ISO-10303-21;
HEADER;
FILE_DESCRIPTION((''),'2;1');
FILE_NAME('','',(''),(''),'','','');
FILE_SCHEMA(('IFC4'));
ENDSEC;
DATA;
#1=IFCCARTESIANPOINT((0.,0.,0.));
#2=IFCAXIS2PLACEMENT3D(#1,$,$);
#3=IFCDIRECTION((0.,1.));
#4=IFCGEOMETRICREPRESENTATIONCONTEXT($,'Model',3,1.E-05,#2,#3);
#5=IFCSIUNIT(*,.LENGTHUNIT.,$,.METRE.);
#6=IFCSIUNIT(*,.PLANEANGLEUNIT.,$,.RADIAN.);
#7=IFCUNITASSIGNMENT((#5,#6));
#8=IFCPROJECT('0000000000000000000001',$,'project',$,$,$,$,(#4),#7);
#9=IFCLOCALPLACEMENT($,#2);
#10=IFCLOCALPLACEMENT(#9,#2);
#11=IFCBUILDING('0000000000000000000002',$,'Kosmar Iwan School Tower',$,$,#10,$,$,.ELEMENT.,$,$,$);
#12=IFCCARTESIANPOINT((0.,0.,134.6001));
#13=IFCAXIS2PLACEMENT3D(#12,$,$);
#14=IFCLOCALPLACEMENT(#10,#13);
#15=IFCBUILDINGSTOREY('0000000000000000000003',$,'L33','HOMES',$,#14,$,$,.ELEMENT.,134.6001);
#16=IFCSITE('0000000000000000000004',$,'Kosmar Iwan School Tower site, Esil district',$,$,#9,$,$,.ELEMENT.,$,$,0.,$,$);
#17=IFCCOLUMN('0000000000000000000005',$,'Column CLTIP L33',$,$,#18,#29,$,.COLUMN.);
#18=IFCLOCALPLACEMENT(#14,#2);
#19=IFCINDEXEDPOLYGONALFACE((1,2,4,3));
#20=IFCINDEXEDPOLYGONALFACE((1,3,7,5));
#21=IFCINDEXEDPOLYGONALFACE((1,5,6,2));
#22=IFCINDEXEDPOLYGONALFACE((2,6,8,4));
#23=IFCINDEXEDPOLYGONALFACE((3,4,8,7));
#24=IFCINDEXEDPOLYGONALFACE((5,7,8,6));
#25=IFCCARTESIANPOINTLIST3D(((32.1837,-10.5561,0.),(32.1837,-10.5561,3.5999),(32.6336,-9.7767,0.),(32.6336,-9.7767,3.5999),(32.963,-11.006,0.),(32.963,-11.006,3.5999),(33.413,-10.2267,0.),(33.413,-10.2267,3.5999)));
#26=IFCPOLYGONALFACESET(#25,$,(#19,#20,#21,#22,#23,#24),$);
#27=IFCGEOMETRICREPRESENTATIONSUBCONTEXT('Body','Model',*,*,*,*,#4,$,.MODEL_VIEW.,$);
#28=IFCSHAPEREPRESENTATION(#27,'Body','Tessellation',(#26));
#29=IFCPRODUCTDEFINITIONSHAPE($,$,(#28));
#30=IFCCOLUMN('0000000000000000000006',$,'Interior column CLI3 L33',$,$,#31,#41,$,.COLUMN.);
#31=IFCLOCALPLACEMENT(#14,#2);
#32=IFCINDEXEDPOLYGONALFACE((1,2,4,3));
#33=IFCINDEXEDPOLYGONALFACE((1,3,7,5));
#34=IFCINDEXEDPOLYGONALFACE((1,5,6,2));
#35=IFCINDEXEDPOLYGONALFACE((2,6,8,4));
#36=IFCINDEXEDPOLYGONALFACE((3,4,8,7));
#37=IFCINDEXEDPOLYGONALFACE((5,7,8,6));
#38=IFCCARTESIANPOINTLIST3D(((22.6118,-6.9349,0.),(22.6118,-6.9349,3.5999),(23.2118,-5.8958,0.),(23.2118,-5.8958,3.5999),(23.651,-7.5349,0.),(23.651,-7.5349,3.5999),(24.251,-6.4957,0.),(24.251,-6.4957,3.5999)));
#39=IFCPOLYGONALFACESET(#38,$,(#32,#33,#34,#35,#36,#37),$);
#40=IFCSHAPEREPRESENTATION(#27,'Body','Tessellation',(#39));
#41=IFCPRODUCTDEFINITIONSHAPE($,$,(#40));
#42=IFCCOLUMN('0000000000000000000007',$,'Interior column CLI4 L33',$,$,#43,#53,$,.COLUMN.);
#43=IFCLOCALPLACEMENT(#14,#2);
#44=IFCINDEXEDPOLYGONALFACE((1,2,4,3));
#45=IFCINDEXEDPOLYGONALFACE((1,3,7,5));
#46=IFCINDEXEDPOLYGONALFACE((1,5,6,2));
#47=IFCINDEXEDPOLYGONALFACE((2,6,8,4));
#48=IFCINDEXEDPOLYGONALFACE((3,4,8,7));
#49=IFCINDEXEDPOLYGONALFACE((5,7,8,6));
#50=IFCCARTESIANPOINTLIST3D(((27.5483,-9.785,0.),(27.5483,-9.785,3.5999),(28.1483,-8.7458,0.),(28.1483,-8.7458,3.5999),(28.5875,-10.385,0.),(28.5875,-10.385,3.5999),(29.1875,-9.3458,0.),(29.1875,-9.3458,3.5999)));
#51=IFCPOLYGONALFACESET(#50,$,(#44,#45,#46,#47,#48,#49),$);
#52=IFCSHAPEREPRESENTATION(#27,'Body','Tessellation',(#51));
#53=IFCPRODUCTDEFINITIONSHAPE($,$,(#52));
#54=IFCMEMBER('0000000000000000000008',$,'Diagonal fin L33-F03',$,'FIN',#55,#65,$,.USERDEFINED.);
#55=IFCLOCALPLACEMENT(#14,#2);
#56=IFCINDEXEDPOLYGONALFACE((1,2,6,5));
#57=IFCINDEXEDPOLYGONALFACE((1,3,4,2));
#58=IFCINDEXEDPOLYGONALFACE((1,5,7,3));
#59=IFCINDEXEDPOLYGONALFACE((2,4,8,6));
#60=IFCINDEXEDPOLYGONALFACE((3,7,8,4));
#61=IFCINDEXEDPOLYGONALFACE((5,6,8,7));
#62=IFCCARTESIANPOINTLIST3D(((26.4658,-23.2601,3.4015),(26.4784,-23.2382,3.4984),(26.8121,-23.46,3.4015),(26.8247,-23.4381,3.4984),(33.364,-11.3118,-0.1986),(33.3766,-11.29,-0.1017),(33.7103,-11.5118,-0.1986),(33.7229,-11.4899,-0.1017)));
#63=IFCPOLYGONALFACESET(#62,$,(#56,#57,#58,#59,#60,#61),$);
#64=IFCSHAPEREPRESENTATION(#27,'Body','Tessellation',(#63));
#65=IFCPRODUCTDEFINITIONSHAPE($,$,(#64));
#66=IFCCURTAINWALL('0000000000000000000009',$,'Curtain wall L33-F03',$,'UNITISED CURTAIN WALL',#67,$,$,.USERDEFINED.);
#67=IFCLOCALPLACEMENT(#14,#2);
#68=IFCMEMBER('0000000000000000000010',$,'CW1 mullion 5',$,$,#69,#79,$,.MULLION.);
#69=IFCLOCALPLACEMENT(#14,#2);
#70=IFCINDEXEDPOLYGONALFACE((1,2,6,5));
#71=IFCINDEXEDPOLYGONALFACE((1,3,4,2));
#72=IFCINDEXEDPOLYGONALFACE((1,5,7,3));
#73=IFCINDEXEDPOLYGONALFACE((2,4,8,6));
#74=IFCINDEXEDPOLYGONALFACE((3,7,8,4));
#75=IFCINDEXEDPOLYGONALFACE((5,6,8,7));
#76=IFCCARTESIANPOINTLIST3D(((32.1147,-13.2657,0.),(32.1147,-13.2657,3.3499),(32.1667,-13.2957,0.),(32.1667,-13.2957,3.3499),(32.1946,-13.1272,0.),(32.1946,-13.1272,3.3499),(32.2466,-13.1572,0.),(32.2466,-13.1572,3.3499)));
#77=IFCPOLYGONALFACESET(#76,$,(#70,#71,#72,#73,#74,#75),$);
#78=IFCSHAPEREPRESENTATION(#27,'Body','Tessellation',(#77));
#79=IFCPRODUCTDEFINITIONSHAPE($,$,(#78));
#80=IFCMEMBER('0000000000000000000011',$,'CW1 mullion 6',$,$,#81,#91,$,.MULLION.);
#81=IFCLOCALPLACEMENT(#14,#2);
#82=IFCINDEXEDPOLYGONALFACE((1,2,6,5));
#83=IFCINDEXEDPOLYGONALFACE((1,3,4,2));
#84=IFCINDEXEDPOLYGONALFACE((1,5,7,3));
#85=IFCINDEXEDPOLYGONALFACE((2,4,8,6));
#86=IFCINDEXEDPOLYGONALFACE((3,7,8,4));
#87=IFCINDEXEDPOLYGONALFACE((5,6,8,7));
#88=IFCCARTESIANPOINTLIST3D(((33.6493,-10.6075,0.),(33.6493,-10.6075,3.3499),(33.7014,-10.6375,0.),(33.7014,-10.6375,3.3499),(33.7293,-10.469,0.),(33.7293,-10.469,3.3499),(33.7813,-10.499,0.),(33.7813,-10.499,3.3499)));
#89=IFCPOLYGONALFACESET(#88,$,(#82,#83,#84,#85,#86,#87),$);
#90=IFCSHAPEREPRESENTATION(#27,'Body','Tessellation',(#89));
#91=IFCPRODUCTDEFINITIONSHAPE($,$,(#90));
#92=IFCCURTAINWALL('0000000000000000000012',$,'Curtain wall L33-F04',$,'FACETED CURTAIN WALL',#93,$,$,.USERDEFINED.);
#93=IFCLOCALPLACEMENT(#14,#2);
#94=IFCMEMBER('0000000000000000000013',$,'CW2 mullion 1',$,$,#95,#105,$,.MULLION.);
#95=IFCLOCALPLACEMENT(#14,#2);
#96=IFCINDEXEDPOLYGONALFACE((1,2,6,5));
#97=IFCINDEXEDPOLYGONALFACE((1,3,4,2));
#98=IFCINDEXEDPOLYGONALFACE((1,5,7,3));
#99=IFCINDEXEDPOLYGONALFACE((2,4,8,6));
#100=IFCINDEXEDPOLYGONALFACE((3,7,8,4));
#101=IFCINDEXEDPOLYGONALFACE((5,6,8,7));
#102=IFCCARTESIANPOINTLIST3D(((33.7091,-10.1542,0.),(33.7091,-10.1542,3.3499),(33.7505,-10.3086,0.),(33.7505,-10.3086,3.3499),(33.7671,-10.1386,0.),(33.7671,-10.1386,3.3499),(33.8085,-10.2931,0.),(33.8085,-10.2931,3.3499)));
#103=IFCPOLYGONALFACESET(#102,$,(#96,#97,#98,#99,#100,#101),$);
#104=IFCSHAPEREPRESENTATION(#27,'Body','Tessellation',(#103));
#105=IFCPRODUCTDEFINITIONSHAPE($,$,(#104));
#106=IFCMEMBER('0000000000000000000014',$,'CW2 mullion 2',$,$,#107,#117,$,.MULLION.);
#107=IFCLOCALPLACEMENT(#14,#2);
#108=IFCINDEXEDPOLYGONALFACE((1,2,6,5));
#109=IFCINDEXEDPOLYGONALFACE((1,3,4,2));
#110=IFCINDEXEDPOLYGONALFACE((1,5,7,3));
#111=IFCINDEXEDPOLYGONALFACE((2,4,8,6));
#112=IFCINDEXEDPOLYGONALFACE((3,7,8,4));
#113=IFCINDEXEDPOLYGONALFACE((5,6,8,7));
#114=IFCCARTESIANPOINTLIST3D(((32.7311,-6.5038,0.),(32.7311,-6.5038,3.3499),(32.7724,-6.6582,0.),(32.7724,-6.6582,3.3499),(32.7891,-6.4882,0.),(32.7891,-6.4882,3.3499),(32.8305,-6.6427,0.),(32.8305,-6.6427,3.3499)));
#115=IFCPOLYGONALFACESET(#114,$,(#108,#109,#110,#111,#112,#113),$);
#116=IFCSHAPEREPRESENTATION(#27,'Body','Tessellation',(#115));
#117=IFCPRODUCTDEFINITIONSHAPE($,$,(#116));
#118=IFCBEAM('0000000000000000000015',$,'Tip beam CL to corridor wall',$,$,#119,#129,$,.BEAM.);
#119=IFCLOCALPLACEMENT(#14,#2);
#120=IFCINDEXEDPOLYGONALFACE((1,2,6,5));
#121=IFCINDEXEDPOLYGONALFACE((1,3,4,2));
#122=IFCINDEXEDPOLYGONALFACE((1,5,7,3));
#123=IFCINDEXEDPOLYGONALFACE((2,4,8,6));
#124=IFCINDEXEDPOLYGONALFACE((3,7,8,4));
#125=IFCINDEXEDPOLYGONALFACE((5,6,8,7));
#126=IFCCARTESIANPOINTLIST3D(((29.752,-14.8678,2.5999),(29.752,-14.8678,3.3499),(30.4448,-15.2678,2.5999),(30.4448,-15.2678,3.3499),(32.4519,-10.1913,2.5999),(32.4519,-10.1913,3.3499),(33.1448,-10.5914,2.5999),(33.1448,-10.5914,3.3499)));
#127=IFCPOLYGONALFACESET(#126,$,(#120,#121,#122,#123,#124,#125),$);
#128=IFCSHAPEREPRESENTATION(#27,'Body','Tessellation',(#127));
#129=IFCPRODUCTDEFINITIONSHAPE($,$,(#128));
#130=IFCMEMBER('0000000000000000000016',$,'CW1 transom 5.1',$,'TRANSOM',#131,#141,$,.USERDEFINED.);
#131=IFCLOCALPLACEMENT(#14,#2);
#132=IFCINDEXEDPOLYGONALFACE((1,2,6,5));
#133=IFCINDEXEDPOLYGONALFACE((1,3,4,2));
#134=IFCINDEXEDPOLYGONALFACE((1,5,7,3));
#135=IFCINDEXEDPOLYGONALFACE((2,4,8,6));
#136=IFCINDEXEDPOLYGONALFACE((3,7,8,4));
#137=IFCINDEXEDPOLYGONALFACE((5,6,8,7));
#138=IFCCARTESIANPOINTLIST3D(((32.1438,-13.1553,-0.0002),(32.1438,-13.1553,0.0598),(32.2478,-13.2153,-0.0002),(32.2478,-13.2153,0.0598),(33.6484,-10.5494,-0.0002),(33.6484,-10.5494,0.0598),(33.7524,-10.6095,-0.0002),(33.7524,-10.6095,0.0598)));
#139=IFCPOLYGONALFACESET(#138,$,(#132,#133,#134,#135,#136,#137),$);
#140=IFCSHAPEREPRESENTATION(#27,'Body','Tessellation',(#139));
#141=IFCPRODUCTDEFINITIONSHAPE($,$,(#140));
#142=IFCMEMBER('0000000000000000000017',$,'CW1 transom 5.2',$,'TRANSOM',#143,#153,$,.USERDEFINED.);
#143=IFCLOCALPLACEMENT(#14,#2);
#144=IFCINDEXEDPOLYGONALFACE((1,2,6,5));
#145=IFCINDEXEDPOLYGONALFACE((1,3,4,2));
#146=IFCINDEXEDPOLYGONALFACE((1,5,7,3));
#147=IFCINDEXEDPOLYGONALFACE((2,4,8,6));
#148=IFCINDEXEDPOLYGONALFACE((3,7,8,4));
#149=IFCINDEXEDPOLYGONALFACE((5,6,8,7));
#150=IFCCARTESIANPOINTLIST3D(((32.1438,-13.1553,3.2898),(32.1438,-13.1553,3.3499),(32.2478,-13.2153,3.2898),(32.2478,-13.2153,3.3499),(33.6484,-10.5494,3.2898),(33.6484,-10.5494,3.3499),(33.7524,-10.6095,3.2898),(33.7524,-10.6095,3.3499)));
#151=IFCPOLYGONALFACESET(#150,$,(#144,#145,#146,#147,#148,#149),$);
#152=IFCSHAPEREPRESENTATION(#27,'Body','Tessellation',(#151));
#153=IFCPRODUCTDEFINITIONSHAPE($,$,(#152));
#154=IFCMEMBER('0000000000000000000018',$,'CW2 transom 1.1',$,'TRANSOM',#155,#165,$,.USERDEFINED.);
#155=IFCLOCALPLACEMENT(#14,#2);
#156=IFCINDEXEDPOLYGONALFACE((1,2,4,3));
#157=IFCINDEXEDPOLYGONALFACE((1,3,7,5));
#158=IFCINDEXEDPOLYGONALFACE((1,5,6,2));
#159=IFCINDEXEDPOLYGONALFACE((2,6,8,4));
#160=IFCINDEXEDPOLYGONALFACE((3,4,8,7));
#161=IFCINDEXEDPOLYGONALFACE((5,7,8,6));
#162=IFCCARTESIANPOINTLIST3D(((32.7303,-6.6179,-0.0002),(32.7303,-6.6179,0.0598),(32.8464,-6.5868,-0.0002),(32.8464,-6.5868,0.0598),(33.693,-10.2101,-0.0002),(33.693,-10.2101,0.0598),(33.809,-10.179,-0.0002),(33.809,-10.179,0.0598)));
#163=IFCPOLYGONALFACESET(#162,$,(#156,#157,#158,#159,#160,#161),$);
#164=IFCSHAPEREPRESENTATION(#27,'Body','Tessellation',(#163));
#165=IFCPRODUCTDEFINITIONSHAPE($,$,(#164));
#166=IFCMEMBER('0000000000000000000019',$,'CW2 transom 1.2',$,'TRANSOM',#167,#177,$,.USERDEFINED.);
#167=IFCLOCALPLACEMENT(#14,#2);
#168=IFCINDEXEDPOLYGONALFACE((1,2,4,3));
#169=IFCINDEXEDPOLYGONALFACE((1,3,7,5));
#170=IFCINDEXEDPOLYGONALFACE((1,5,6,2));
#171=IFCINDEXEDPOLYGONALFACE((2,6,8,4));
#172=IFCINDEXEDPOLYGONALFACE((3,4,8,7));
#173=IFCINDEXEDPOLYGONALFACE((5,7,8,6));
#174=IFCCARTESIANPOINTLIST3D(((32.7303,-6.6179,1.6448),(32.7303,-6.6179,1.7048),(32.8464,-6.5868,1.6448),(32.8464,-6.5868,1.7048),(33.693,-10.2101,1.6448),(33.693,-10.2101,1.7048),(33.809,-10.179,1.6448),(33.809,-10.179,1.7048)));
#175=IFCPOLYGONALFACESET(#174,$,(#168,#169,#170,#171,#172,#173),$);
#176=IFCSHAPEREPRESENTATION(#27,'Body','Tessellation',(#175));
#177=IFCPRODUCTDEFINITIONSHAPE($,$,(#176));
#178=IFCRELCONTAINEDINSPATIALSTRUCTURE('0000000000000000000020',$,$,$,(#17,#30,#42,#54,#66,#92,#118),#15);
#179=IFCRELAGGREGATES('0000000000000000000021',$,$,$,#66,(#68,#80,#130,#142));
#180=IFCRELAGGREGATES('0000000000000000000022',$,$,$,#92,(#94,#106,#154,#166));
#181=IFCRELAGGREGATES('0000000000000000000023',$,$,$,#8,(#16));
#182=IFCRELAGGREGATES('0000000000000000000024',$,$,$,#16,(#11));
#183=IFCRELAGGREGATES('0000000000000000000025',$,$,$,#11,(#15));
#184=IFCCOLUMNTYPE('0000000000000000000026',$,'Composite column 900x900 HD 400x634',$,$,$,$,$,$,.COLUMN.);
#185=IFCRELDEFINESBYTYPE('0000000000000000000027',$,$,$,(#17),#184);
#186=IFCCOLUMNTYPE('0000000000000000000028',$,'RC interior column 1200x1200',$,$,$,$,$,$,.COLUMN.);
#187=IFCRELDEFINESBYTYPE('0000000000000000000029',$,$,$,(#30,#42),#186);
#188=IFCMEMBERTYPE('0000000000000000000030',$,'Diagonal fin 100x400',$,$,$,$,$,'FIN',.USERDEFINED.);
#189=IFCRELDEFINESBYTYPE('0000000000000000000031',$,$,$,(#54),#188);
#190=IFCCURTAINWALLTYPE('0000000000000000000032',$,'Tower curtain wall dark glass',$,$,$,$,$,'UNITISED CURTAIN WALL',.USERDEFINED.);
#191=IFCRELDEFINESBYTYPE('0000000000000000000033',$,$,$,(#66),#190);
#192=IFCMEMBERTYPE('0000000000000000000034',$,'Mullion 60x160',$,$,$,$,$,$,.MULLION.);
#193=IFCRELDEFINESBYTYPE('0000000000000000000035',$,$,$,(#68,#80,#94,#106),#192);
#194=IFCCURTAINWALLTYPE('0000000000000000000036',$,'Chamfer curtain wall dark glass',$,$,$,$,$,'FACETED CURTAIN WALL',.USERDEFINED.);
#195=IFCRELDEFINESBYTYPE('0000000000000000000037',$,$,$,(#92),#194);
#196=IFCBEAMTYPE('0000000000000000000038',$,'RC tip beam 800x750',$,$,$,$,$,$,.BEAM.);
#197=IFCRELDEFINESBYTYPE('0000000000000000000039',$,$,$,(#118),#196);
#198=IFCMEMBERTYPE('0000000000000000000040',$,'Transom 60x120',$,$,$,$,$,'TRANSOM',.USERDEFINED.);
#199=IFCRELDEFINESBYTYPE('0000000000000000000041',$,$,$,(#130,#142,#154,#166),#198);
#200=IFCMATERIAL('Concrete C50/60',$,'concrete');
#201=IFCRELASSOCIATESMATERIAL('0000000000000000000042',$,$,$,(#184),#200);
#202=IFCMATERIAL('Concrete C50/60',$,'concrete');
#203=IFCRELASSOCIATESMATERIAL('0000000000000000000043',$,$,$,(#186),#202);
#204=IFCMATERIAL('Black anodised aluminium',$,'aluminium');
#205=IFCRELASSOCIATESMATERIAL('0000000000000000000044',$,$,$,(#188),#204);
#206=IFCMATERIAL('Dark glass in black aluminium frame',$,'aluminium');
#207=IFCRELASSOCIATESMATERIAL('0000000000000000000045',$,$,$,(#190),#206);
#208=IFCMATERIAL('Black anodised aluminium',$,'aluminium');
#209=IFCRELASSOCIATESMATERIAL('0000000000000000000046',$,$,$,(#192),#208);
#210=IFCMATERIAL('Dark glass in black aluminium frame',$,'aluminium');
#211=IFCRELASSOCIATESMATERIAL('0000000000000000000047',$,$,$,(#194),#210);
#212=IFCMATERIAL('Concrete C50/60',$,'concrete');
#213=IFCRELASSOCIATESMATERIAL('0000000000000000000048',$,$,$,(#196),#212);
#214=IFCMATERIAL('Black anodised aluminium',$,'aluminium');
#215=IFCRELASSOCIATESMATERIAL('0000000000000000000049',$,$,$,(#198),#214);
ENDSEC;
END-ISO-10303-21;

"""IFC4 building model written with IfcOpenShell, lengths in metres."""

from ifc_helpers import new_model, si_unit, direction, frame, origin, origin_2d, place, context, subcontext, project, spatial, rectangle, extrude, material, material_profile, profile_set, type_object, element, aggregate, save


model = new_model("IFC4")

# Units and contexts
model_context = context("Model", 3, precision=1e-05, world=origin(), true_north=direction((0.0, 1.0)))
body_context = subcontext(model_context, "Body", "Model", "MODEL_VIEW")
ifc_project = project(units=[si_unit("LENGTHUNIT", "METRE"), si_unit("PLANEANGLEUNIT", "RADIAN")], contexts=[model_context])

# Site, building, storey
site_placement = place(None, origin())
site = spatial("IfcSite", under=ifc_project, at=site_placement, Name="Kosmar Iwan School Tower site, Esil district", CompositionType="ELEMENT", RefElevation=0.0)
building_placement = place(site_placement, origin())
building = spatial("IfcBuilding", under=site, at=building_placement, Name="Kosmar Iwan School Tower", CompositionType="ELEMENT")
storey_placement = place(building_placement, frame((0.0, 0.0, 134.6001)))
storey = spatial("IfcBuildingStorey", under=building, at=storey_placement, Name="L33", Description="HOMES", CompositionType="ELEMENT", Elevation=134.6001)

# Columns
ifc_material_1 = material(Name="Concrete C50/60", Category="concrete")
ifc_material_profile_1 = material_profile(ifc_material_1, rectangle(XDim=0.8999, YDim=0.8999, at=origin_2d()), Name="RC 900x900 + HD 400x634")
ifc_profile_set_1 = profile_set([ifc_material_profile_1], Name="Concrete C50/60")
column_type_1 = type_object("IfcColumnType", Name="Composite column 900x900 HD 400x634", PredefinedType="COLUMN", material=ifc_profile_set_1)
column_placement = place(storey_placement, frame((32.7983, -10.3914, 0.0), z_axis=(0.0, 0.0, 1.0), x_axis=(0.866025, -0.5, 0.0)))
element("IfcColumn", 1, at=column_placement, inside=storey, type_object=column_type_1, Name="Column CLTIP L33", PredefinedType="COLUMN", context=body_context, shape_type="SweptSolid", body=[
    extrude(rectangle(XDim=0.8999, YDim=0.8999, at=origin_2d()), origin(), (0.0, 0.0, 1.0), 3.5999),
])
ifc_material_2 = material(Name="Concrete C50/60", Category="concrete")
ifc_material_profile_2 = material_profile(ifc_material_2, rectangle(XDim=1.2, YDim=1.2, at=origin_2d()), Name="RC 1200x1200")
ifc_profile_set_2 = profile_set([ifc_material_profile_2], Name="Concrete C50/60")
column_type_2 = type_object("IfcColumnType", Name="RC interior column 1200x1200", PredefinedType="COLUMN", material=ifc_profile_set_2)
for number, where, z_axis, x_axis, name in (
    (2, (23.4314, -6.7153, 0.0), (0.0, 0.0, 1.0), (0.866025, -0.5, 0.0), "Interior column CLI3 L33"),
    (3, (28.3679, -9.5654, 0.0), (0.0, 0.0, 1.0), (0.866025, -0.5, 0.0), "Interior column CLI4 L33"),
):
    element("IfcColumn", number, at=place(storey_placement, frame(where, z_axis=z_axis, x_axis=x_axis)), inside=storey, type_object=column_type_2, Name=name, PredefinedType="COLUMN", context=body_context, shape_type="SweptSolid", body=[
        extrude(rectangle(XDim=1.2, YDim=1.2, at=origin_2d()), origin(), (0.0, 0.0, 1.0), 3.5999),
    ])

# Member
ifc_material_3 = material(Name="Black anodised aluminium", Category="aluminium")
ifc_material_profile_3 = material_profile(ifc_material_3, rectangle(XDim=0.1001, YDim=0.3999, at=origin_2d()), Name="FIN 100x400")
ifc_profile_set_3 = profile_set([ifc_material_profile_3], Name="Black anodised aluminium")
member_type_1 = type_object("IfcMemberType", Name="Diagonal fin 100x400", ElementType="FIN", PredefinedType="USERDEFINED", material=ifc_profile_set_3)
member_1_placement = place(storey_placement, frame((33.5435, -11.4009, -0.1501), z_axis=(-0.483793, -0.83797, 0.252487), x_axis=(0.126242, 0.218661, 0.9676)))
element("IfcMember", 4, at=member_1_placement, inside=storey, type_object=member_type_1, Name="Diagonal fin L33-F03", ObjectType="FIN", PredefinedType="USERDEFINED", context=body_context, shape_type="SweptSolid", body=[
    extrude(rectangle(XDim=0.1001, YDim=0.3999, at=origin_2d()), origin(), (0.0, 0.0, 1.0), 14.2585),
])

# Curtain walls, members
ifc_material_4 = material(Name="Dark glass in black aluminium frame", Category="aluminium")
curtain_wall_type_1 = type_object("IfcCurtainWallType", Name="Tower curtain wall dark glass", ElementType="UNITISED CURTAIN WALL", PredefinedType="USERDEFINED", material=ifc_material_4)
curtain_wall_1_placement = place(storey_placement, origin())
curtain_wall_1 = element("IfcCurtainWall", 5, at=curtain_wall_1_placement, inside=storey, type_object=curtain_wall_type_1, Name="Curtain wall L33-F03", ObjectType="UNITISED CURTAIN WALL", PredefinedType="USERDEFINED")
ifc_material_5 = material(Name="Black anodised aluminium", Category="aluminium")
ifc_material_profile_4 = material_profile(ifc_material_5, rectangle(XDim=0.0601, YDim=0.1599, at=origin_2d()), Name="MULLION 60x160")
ifc_profile_set_4 = profile_set([ifc_material_profile_4], Name="Black anodised aluminium")
member_type_2 = type_object("IfcMemberType", Name="Mullion 60x160", PredefinedType="MULLION", material=ifc_profile_set_4)
member_2_placement = place(storey_placement, frame((32.1807, -13.2114, 0.0), z_axis=(0.0, 0.0, 1.0), x_axis=(-0.866025, 0.5, 0.0)))
member_2 = element("IfcMember", 6, at=member_2_placement, type_object=member_type_2, Name="CW1 mullion 5", PredefinedType="MULLION", context=body_context, shape_type="SweptSolid", body=[
    extrude(rectangle(XDim=0.0601, YDim=0.1599, at=origin_2d()), origin(), (0.0, 0.0, 1.0), 3.3499),
])
member_3_placement = place(storey_placement, frame((33.7153, -10.5532, 0.0), z_axis=(0.0, 0.0, 1.0), x_axis=(-0.866025, 0.5, 0.0)))
member_3 = element("IfcMember", 7, at=member_3_placement, type_object=member_type_2, Name="CW1 mullion 6", PredefinedType="MULLION", context=body_context, shape_type="SweptSolid", body=[
    extrude(rectangle(XDim=0.0601, YDim=0.1599, at=origin_2d()), origin(), (0.0, 0.0, 1.0), 3.3499),
])
ifc_material_6 = material(Name="Dark glass in black aluminium frame", Category="aluminium")
curtain_wall_type_2 = type_object("IfcCurtainWallType", Name="Chamfer curtain wall dark glass", ElementType="FACETED CURTAIN WALL", PredefinedType="USERDEFINED", material=ifc_material_6)
curtain_wall_2_placement = place(storey_placement, origin())
curtain_wall_2 = element("IfcCurtainWall", 8, at=curtain_wall_2_placement, inside=storey, type_object=curtain_wall_type_2, Name="Curtain wall L33-F04", ObjectType="FACETED CURTAIN WALL", PredefinedType="USERDEFINED")
member_4_placement = place(storey_placement, frame((33.7588, -10.2236, 0.0), z_axis=(0.0, 0.0, 1.0), x_axis=(-0.965926, -0.258819, 0.0)))
member_4 = element("IfcMember", 9, at=member_4_placement, type_object=member_type_2, Name="CW2 mullion 1", PredefinedType="MULLION", context=body_context, shape_type="SweptSolid", body=[
    extrude(rectangle(XDim=0.0601, YDim=0.1599, at=origin_2d()), origin(), (0.0, 0.0, 1.0), 3.3499),
])
member_5_placement = place(storey_placement, frame((32.7808, -6.5732, 0.0), z_axis=(0.0, 0.0, 1.0), x_axis=(-0.965926, -0.258819, 0.0)))
member_5 = element("IfcMember", 10, at=member_5_placement, type_object=member_type_2, Name="CW2 mullion 2", PredefinedType="MULLION", context=body_context, shape_type="SweptSolid", body=[
    extrude(rectangle(XDim=0.0601, YDim=0.1599, at=origin_2d()), origin(), (0.0, 0.0, 1.0), 3.3499),
])

# Beam
ifc_material_7 = material(Name="Concrete C50/60", Category="concrete")
ifc_material_profile_5 = material_profile(ifc_material_7, rectangle(XDim=0.8, YDim=0.75, at=origin_2d()), Name="RC 800x750")
ifc_profile_set_5 = profile_set([ifc_material_profile_5], Name="Concrete C50/60")
beam_type = type_object("IfcBeamType", Name="RC tip beam 800x750", PredefinedType="BEAM", material=ifc_profile_set_5)
beam_placement = place(storey_placement, frame((32.7983, -10.3914, 2.9749), z_axis=(-0.499995, -0.866028, 0.0), x_axis=(0.866028, -0.499995, 0.0)))
element("IfcBeam", 11, at=beam_placement, inside=storey, type_object=beam_type, Name="Tip beam CL to corridor wall", PredefinedType="BEAM", context=body_context, shape_type="SweptSolid", body=[
    extrude(rectangle(XDim=0.8, YDim=0.75, at=origin_2d()), origin(), (0.0, 0.0, 1.0), 5.3999),
])

# Members
ifc_material_8 = material(Name="Black anodised aluminium", Category="aluminium")
ifc_material_profile_6 = material_profile(ifc_material_8, rectangle(XDim=0.1201, YDim=0.0601, at=origin_2d()), Name="TRANSOM 60x120")
ifc_profile_set_6 = profile_set([ifc_material_profile_6], Name="Black anodised aluminium")
member_type_3 = type_object("IfcMemberType", Name="Transom 60x120", ElementType="TRANSOM", PredefinedType="USERDEFINED", material=ifc_profile_set_6)
member_6_placement = place(storey_placement, frame((32.1958, -13.1853, 0.0298), z_axis=(0.500022, 0.866013, 0.0), x_axis=(-0.866013, 0.500022, 0.0)))
member_6 = element("IfcMember", 12, at=member_6_placement, type_object=member_type_3, Name="CW1 transom 5.1", ObjectType="TRANSOM", PredefinedType="USERDEFINED", context=body_context, shape_type="SweptSolid", body=[
    extrude(rectangle(XDim=0.1201, YDim=0.0601, at=origin_2d()), origin(), (0.0, 0.0, 1.0), 3.009),
])
member_7_placement = place(storey_placement, frame((32.1958, -13.1853, 3.3198), z_axis=(0.500022, 0.866013, 0.0), x_axis=(-0.866013, 0.500022, 0.0)))
member_7 = element("IfcMember", 13, at=member_7_placement, type_object=member_type_3, Name="CW1 transom 5.2", ObjectType="TRANSOM", PredefinedType="USERDEFINED", context=body_context, shape_type="SweptSolid", body=[
    extrude(rectangle(XDim=0.1201, YDim=0.0601, at=origin_2d()), origin(), (0.0, 0.0, 1.0), 3.009),
])
member_8_placement = place(storey_placement, frame((33.751, -10.1946, 0.0298), z_axis=(-0.258843, 0.965919, 0.0), x_axis=(-0.965919, -0.258843, 0.0)))
member_8 = element("IfcMember", 14, at=member_8_placement, type_object=member_type_3, Name="CW2 transom 1.1", ObjectType="TRANSOM", PredefinedType="USERDEFINED", context=body_context, shape_type="SweptSolid", body=[
    extrude(rectangle(XDim=0.1201, YDim=0.0601, at=origin_2d()), origin(), (0.0, 0.0, 1.0), 3.719),
])
member_9_placement = place(storey_placement, frame((33.751, -10.1946, 1.6748), z_axis=(-0.258843, 0.965919, 0.0), x_axis=(-0.965919, -0.258843, 0.0)))
member_9 = element("IfcMember", 15, at=member_9_placement, type_object=member_type_3, Name="CW2 transom 1.2", ObjectType="TRANSOM", PredefinedType="USERDEFINED", context=body_context, shape_type="SweptSolid", body=[
    extrude(rectangle(XDim=0.1201, YDim=0.0601, at=origin_2d()), origin(), (0.0, 0.0, 1.0), 3.719),
])

aggregate(curtain_wall_1, [member_2, member_3, member_6, member_7])
aggregate(curtain_wall_2, [member_4, member_5, member_8, member_9])

save(model, "model.ifc")
